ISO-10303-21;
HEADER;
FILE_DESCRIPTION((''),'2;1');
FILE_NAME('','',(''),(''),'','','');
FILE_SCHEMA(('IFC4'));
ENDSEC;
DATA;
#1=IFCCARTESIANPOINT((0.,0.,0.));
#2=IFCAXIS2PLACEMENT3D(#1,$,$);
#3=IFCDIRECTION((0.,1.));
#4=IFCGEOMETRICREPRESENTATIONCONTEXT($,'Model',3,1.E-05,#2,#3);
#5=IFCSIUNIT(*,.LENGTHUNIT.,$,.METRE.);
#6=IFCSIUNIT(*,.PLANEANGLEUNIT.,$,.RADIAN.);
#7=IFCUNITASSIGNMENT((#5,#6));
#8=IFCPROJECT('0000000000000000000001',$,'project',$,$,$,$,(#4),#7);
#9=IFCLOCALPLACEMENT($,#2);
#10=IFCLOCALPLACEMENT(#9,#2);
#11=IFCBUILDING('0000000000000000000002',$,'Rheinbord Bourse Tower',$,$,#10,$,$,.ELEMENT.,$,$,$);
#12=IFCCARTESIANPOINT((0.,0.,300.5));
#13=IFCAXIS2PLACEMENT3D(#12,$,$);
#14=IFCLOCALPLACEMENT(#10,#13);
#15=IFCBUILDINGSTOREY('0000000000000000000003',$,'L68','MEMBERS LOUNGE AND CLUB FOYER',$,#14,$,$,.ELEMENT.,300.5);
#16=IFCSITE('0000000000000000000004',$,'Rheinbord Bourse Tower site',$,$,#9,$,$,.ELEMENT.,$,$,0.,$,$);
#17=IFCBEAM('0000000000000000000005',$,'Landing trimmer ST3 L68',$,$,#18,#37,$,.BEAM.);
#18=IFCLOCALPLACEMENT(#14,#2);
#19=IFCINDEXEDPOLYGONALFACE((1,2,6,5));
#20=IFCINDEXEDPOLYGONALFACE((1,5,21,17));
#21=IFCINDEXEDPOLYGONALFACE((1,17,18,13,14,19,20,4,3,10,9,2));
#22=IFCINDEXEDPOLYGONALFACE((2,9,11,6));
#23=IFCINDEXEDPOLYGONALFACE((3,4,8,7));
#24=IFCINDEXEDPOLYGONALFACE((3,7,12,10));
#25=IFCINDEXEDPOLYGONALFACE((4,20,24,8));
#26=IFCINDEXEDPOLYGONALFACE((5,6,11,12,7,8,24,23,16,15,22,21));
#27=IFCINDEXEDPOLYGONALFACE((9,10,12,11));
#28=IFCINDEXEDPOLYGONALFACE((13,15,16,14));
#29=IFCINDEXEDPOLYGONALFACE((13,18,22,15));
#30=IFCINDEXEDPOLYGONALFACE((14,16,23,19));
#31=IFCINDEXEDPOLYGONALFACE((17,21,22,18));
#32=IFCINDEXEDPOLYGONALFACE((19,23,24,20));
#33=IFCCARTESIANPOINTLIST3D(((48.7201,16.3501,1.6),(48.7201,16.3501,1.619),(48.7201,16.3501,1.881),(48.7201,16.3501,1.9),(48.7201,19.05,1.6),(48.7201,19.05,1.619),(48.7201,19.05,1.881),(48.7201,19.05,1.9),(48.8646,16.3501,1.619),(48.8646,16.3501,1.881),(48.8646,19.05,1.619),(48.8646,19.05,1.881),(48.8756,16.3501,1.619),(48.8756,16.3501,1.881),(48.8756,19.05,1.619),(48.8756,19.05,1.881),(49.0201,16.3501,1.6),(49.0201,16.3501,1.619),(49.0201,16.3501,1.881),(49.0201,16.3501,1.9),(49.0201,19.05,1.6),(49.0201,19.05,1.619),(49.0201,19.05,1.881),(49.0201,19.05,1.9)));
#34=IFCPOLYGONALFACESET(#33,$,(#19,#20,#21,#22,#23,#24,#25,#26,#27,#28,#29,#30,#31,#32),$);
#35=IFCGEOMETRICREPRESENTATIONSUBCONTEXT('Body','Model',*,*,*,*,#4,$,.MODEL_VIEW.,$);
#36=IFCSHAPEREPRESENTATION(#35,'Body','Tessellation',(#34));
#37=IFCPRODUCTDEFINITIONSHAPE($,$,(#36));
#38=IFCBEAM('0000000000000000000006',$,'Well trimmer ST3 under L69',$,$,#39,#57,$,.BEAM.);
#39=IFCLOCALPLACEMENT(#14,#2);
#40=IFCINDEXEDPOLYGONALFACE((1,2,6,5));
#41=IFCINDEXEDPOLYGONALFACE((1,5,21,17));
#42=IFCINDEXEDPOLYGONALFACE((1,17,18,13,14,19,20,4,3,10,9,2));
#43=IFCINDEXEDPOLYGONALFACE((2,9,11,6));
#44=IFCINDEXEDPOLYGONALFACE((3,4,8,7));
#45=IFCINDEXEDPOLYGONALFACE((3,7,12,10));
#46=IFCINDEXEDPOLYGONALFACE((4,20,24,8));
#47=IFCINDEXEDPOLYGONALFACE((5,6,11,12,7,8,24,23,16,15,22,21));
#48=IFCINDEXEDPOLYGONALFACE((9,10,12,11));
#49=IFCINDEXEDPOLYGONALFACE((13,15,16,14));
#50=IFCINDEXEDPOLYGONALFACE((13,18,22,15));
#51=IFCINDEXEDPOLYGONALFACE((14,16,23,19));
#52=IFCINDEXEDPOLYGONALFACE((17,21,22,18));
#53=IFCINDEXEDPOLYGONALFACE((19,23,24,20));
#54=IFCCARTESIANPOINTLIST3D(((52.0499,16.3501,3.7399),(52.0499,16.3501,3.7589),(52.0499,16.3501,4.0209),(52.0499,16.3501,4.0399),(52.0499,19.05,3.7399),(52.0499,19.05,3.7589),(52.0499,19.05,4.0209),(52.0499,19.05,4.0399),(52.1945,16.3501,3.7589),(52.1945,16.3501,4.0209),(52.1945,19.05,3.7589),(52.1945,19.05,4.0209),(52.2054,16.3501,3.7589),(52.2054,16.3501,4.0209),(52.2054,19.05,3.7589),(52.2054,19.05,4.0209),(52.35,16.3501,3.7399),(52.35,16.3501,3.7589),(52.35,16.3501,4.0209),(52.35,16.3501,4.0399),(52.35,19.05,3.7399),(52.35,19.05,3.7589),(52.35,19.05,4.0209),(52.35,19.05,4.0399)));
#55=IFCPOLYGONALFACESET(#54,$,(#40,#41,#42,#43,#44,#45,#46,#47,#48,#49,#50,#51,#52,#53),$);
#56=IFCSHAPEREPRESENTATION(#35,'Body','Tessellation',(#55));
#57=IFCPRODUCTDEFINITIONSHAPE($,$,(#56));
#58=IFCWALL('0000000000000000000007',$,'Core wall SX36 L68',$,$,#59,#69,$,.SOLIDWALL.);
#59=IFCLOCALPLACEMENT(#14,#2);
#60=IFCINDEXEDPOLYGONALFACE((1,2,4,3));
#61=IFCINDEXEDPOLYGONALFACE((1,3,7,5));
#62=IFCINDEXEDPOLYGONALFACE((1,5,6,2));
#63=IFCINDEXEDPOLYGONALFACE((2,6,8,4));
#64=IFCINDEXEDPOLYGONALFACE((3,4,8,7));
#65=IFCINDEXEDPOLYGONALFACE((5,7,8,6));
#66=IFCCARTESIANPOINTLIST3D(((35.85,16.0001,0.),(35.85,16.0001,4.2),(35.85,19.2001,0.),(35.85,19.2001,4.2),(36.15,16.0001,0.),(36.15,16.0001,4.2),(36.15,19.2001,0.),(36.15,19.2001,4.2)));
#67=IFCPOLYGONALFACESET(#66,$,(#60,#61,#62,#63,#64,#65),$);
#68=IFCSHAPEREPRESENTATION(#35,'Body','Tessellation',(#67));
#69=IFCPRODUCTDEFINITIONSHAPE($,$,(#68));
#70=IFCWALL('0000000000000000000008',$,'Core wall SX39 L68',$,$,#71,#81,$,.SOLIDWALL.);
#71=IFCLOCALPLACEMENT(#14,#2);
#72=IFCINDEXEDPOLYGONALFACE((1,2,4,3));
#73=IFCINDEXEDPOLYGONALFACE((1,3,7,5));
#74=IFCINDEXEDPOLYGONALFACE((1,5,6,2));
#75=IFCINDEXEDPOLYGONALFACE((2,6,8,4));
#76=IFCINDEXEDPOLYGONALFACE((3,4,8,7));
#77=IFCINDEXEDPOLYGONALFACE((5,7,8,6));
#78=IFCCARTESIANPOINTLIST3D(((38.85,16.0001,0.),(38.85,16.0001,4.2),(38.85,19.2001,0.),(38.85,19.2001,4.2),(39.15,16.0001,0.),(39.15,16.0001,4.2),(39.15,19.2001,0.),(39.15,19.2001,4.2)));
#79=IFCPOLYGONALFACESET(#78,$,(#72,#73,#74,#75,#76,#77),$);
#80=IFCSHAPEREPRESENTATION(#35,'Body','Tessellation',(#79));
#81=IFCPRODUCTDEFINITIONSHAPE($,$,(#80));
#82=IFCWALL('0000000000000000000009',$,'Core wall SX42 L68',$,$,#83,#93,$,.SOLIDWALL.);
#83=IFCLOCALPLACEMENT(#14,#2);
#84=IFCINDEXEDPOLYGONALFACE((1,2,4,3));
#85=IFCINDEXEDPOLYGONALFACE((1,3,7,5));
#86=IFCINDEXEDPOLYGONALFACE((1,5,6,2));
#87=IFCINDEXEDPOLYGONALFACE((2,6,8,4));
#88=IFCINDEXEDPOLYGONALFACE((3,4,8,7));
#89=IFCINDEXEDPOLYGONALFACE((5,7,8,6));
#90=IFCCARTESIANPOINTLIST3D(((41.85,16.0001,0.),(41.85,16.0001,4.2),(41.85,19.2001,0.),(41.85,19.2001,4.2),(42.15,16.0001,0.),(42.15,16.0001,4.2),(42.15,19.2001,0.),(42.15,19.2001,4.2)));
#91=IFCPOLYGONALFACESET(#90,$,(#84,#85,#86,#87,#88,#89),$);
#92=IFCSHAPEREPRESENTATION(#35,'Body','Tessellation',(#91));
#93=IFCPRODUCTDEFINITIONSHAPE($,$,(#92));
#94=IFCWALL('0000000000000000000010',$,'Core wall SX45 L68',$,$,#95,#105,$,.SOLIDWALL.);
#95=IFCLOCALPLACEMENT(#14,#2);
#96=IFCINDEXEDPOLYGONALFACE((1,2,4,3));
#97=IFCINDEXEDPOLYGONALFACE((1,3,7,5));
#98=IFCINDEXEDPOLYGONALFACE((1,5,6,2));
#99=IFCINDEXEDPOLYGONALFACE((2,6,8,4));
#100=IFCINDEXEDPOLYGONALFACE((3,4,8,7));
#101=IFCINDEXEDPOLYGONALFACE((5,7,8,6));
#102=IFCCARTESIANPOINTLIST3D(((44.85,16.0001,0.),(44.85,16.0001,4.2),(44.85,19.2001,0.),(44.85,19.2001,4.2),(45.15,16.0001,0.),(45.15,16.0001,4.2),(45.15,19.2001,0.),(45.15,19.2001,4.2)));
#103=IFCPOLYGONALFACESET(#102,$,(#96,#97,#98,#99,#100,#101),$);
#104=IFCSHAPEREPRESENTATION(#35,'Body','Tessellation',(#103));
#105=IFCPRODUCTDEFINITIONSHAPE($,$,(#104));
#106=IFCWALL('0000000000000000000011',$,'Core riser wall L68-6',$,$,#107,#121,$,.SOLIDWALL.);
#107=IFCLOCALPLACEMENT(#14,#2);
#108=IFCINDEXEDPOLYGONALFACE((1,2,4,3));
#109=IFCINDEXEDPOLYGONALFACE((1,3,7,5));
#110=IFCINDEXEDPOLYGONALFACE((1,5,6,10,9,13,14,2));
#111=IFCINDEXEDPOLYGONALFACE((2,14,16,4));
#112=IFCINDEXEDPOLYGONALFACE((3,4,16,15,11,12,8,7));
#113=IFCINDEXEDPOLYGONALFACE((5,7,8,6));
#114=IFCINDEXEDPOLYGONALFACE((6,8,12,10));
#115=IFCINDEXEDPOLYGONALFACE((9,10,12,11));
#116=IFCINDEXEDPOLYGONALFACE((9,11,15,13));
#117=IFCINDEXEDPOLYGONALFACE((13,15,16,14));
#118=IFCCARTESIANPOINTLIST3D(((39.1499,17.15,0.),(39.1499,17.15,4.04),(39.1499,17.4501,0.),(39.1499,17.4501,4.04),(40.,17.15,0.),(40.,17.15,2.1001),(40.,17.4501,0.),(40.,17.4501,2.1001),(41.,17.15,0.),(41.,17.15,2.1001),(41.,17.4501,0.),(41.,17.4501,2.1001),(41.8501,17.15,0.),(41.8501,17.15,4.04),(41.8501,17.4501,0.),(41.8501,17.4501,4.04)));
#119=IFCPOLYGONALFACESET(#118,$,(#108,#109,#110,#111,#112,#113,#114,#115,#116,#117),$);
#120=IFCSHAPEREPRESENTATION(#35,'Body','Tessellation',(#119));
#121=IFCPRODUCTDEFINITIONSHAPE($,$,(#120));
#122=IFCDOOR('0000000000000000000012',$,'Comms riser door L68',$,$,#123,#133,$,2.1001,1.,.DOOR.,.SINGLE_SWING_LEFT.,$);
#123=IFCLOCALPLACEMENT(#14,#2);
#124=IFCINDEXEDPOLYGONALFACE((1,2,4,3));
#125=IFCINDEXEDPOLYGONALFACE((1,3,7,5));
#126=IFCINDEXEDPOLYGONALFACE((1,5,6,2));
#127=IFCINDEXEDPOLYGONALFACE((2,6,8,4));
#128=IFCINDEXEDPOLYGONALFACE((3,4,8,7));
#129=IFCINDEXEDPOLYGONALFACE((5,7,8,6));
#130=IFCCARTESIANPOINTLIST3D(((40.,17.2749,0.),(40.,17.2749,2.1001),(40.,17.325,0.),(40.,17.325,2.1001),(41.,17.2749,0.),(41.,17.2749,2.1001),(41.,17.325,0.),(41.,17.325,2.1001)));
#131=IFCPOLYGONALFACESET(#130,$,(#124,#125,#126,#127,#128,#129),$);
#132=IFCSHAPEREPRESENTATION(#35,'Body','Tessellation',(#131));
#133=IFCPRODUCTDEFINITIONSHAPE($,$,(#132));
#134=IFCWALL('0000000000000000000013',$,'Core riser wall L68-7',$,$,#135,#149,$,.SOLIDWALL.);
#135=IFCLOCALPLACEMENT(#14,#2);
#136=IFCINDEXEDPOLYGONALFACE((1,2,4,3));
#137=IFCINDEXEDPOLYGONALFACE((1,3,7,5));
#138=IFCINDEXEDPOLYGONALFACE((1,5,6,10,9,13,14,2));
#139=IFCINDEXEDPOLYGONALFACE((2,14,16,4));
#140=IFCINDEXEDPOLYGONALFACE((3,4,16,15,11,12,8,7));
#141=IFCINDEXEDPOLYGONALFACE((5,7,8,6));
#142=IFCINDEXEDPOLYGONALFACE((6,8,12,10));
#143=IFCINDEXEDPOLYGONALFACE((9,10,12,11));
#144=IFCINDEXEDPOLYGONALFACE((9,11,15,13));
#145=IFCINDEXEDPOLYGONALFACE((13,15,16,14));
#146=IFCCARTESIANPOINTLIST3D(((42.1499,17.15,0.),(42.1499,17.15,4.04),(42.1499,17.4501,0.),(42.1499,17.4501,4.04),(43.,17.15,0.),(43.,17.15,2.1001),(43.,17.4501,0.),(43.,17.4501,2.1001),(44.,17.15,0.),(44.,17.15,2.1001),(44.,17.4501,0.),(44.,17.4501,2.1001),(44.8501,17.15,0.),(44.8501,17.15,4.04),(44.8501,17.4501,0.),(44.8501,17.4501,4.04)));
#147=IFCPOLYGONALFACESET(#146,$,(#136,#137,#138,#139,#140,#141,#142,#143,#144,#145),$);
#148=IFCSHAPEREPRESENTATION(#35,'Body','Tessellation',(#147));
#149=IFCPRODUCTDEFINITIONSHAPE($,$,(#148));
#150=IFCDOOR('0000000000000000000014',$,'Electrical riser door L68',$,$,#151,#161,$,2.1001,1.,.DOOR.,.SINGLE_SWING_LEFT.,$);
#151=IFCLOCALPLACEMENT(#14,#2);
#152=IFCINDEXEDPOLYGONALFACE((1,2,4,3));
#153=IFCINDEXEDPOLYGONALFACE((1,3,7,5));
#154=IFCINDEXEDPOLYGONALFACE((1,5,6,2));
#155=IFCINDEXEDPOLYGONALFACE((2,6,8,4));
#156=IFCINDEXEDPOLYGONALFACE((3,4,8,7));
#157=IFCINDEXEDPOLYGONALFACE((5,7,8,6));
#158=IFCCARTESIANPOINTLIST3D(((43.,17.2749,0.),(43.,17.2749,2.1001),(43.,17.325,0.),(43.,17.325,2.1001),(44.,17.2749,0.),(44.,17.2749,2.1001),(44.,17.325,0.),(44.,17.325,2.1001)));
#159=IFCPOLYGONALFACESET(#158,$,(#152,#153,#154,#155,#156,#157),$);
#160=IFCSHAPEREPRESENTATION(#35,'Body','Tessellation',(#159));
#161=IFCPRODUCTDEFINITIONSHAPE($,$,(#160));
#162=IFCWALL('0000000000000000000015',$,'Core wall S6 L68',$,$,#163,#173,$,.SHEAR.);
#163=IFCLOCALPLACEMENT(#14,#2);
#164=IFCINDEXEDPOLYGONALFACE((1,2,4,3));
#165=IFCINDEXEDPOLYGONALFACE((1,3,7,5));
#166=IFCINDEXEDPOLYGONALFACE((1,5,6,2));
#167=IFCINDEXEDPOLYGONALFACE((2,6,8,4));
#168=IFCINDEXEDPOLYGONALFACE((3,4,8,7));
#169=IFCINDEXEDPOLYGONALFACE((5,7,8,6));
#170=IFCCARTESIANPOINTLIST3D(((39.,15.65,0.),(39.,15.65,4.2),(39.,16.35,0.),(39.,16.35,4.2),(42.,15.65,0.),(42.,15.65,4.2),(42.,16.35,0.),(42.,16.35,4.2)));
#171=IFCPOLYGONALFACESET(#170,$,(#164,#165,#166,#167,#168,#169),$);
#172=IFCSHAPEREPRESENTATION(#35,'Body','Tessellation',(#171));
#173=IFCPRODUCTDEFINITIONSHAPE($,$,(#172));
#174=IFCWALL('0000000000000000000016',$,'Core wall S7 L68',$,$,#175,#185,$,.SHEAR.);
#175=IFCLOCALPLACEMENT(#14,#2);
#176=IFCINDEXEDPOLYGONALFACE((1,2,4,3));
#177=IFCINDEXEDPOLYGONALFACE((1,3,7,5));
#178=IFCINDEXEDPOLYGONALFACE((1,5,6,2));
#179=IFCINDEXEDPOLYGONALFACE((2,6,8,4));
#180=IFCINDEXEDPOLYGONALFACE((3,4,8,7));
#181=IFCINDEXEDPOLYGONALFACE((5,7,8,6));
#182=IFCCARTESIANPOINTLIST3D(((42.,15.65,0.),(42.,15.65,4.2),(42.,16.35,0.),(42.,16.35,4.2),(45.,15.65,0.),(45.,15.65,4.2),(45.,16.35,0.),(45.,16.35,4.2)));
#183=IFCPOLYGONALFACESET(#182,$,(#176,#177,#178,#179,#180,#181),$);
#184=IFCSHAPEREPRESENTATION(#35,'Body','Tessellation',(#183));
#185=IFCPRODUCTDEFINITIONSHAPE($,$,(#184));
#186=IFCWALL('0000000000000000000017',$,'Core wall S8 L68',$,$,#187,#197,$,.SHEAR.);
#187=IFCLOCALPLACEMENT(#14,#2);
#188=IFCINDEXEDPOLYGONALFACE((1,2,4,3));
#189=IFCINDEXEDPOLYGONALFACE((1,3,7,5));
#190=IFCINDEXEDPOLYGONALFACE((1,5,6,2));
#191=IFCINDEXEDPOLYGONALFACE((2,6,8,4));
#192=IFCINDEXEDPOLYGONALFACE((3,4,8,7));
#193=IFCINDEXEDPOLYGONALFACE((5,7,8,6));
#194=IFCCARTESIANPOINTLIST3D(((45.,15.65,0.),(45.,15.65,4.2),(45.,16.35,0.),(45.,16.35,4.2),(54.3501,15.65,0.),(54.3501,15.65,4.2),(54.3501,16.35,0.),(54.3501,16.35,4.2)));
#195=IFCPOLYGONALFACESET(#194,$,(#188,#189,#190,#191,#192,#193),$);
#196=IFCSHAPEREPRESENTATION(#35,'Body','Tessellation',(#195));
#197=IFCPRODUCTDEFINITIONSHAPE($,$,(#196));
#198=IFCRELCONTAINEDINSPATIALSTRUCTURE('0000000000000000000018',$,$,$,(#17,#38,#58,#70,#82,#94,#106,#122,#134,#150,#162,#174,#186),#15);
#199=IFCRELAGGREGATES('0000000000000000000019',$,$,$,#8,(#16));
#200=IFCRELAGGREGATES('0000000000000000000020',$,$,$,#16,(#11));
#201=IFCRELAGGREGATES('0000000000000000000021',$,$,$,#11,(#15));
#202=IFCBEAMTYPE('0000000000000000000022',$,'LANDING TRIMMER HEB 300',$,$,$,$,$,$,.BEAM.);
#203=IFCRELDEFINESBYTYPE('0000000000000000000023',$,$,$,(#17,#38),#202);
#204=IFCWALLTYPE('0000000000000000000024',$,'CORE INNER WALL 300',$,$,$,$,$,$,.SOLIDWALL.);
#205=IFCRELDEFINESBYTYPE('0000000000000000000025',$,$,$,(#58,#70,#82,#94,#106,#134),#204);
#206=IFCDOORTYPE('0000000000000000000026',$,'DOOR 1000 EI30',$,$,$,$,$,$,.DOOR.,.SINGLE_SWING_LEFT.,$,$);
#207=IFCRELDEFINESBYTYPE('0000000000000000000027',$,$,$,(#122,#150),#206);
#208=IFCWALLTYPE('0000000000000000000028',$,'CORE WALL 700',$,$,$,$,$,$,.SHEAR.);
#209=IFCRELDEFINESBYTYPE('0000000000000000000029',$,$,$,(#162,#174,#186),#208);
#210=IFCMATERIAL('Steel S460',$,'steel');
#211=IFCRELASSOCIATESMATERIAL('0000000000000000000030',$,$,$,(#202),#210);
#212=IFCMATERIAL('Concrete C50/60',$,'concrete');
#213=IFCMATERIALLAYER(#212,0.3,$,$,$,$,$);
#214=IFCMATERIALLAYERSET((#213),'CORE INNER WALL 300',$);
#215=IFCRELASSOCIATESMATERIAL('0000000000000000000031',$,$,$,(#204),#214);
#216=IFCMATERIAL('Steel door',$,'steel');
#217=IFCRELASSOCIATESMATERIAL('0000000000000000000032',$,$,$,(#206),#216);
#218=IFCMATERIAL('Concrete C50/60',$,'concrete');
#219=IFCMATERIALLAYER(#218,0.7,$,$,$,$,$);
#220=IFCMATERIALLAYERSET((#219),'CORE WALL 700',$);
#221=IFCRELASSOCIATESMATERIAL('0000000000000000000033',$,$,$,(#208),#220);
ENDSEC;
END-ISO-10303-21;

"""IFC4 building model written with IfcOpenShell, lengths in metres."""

from ifc_helpers import new_model, si_unit, direction, frame, frame_2d, origin, origin_2d, place, context, subcontext, project, spatial, rectangle, i_section, extrude, material, layer, layer_set, material_profile, profile_set, type_object, element, fill, save


model = new_model("IFC4")

# Units and contexts
model_context = context("Model", 3, precision=1e-05, world=origin(), true_north=direction((0.0, 1.0)))
body_context = subcontext(model_context, "Body", "Model", "MODEL_VIEW")
ifc_project = project(units=[si_unit("LENGTHUNIT", "METRE"), si_unit("PLANEANGLEUNIT", "RADIAN")], contexts=[model_context])

# Site, building, storey
site_placement = place(None, origin())
site = spatial("IfcSite", under=ifc_project, at=site_placement, Name="Rheinbord Bourse Tower site", CompositionType="ELEMENT", RefElevation=0.0)
building_placement = place(site_placement, origin())
building = spatial("IfcBuilding", under=site, at=building_placement, Name="Rheinbord Bourse Tower", CompositionType="ELEMENT")
storey_placement = place(building_placement, frame((0.0, 0.0, 300.5)))
storey = spatial("IfcBuildingStorey", under=building, at=storey_placement, Name="L68", Description="MEMBERS LOUNGE AND CLUB FOYER", CompositionType="ELEMENT", Elevation=300.5)

# Beams
ifc_material_1 = material(Name="Steel S460", Category="steel")
ifc_material_profile = material_profile(ifc_material_1, i_section(OverallWidth=0.3, OverallDepth=0.3, WebThickness=0.011, FlangeThickness=0.019, at=origin_2d()), Name="HEB 300")
ifc_profile_set = profile_set([ifc_material_profile], Name="Steel S460")
beam_type = type_object("IfcBeamType", Name="LANDING TRIMMER HEB 300", PredefinedType="BEAM", material=ifc_profile_set)
for number, where, z_axis, x_axis, name in (
    (1, (48.8701, 16.3501, 1.75), (0.0, 1.0, 0.0), (-1.0, 0.0, 0.0), "Landing trimmer ST3 L68"),
    (2, (52.2, 16.3501, 3.8899), (0.0, 1.0, 0.0), (-1.0, 0.0, 0.0), "Well trimmer ST3 under L69"),
):
    element("IfcBeam", number, at=place(storey_placement, frame(where, z_axis=z_axis, x_axis=x_axis)), inside=storey, type_object=beam_type, Name=name, PredefinedType="BEAM", context=body_context, shape_type="SweptSolid", body=[
        extrude(i_section(OverallWidth=0.3, OverallDepth=0.3, WebThickness=0.011, FlangeThickness=0.019, at=origin_2d()), origin(), (0.0, 0.0, 1.0), 2.7),
    ])

# Walls
ifc_material_2 = material(Name="Concrete C50/60", Category="concrete")
ifc_layer_1 = layer(ifc_material_2, 0.3)
ifc_layer_set_1 = layer_set([ifc_layer_1], Name="CORE INNER WALL 300")
wall_type_1 = type_object("IfcWallType", Name="CORE INNER WALL 300", PredefinedType="SOLIDWALL", material=ifc_layer_set_1)
for number, where, z_axis, x_axis, name in (
    (3, (36.0, 16.0, 0.0), (0.0, 0.0, 1.0), (0.0, 1.0, 0.0), "Core wall SX36 L68"),
    (4, (39.0, 16.0, 0.0), (0.0, 0.0, 1.0), (0.0, 1.0, 0.0), "Core wall SX39 L68"),
    (5, (42.0, 16.0, 0.0), (0.0, 0.0, 1.0), (0.0, 1.0, 0.0), "Core wall SX42 L68"),
    (6, (45.0, 16.0, 0.0), (0.0, 0.0, 1.0), (0.0, 1.0, 0.0), "Core wall SX45 L68"),
):
    element("IfcWall", number, at=place(storey_placement, frame(where, z_axis=z_axis, x_axis=x_axis)), inside=storey, type_object=wall_type_1, Name=name, PredefinedType="SOLIDWALL", context=body_context, shape_type="SweptSolid", body=[
        extrude(rectangle(XDim=3.2, YDim=0.3, at=frame_2d((1.6001, 0.0))), origin(), (0.0, 0.0, 1.0), 4.2),
    ])

# Walls, openings, doors
wall_1_placement = place(storey_placement, frame((39.1499, 17.3, 0.0), z_axis=(0.0, 0.0, 1.0), x_axis=(1.0, 0.0, 0.0)))
wall_1 = element("IfcWall", 7, at=wall_1_placement, inside=storey, type_object=wall_type_1, Name="Core riser wall L68-6", PredefinedType="SOLIDWALL", context=body_context, shape_type="SweptSolid", body=[
    extrude(rectangle(XDim=2.7002, YDim=0.3, at=frame_2d((1.3501, 0.0))), origin(), (0.0, 0.0, 1.0), 4.04),
])
opening_1_placement = place(wall_1_placement, frame((0.8501, 0.0, 0.0)))
opening_1 = element("IfcOpeningElement", 8, at=opening_1_placement, cuts=wall_1, PredefinedType="OPENING", context=body_context, shape_type="SweptSolid", body=[
    extrude(rectangle(XDim=1.0, YDim=2.1001, at=frame_2d((0.5, 1.05))), frame((0.0, 0.1599, 0.0), z_axis=(0.0, -1.0, 0.0), x_axis=(1.0, 0.0, 0.0)), (0.0, 0.0, 1.0), 0.3201),
])
ifc_material_3 = material(Name="Steel door", Category="steel")
door_type_1 = type_object("IfcDoorType", Name="DOOR 1000 EI30", OperationType="SINGLE_SWING_LEFT", PredefinedType="DOOR", material=ifc_material_3)
door_1_placement = place(opening_1_placement, origin())
door_1 = element("IfcDoor", 9, at=door_1_placement, inside=storey, type_object=door_type_1, Name="Comms riser door L68", OperationType="SINGLE_SWING_LEFT", OverallHeight=2.1001, OverallWidth=1.0, PredefinedType="DOOR", context=body_context, shape_type="SweptSolid", body=[
    extrude(rectangle(XDim=1.0, YDim=2.1001, at=frame_2d((0.5, 1.05))), frame((0.0, 0.0249, 0.0), z_axis=(0.0, -1.0, 0.0), x_axis=(1.0, 0.0, 0.0)), (0.0, 0.0, 1.0), 0.05),
])
fill(opening_1, door_1)
wall_2_placement = place(storey_placement, frame((42.1499, 17.3, 0.0), z_axis=(0.0, 0.0, 1.0), x_axis=(1.0, 0.0, 0.0)))
wall_2 = element("IfcWall", 10, at=wall_2_placement, inside=storey, type_object=wall_type_1, Name="Core riser wall L68-7", PredefinedType="SOLIDWALL", context=body_context, shape_type="SweptSolid", body=[
    extrude(rectangle(XDim=2.7002, YDim=0.3, at=frame_2d((1.3501, 0.0))), origin(), (0.0, 0.0, 1.0), 4.04),
])
opening_2_placement = place(wall_2_placement, frame((0.8501, 0.0, 0.0)))
opening_2 = element("IfcOpeningElement", 11, at=opening_2_placement, cuts=wall_2, PredefinedType="OPENING", context=body_context, shape_type="SweptSolid", body=[
    extrude(rectangle(XDim=1.0, YDim=2.1001, at=frame_2d((0.5, 1.05))), frame((0.0, 0.1599, 0.0), z_axis=(0.0, -1.0, 0.0), x_axis=(1.0, 0.0, 0.0)), (0.0, 0.0, 1.0), 0.3201),
])
door_2_placement = place(opening_2_placement, origin())
door_2 = element("IfcDoor", 12, at=door_2_placement, inside=storey, type_object=door_type_1, Name="Electrical riser door L68", OperationType="SINGLE_SWING_LEFT", OverallHeight=2.1001, OverallWidth=1.0, PredefinedType="DOOR", context=body_context, shape_type="SweptSolid", body=[
    extrude(rectangle(XDim=1.0, YDim=2.1001, at=frame_2d((0.5, 1.05))), frame((0.0, 0.0249, 0.0), z_axis=(0.0, -1.0, 0.0), x_axis=(1.0, 0.0, 0.0)), (0.0, 0.0, 1.0), 0.05),
])
fill(opening_2, door_2)

# Walls
ifc_material_4 = material(Name="Concrete C50/60", Category="concrete")
ifc_layer_2 = layer(ifc_material_4, 0.7)
ifc_layer_set_2 = layer_set([ifc_layer_2], Name="CORE WALL 700")
wall_type_2 = type_object("IfcWallType", Name="CORE WALL 700", PredefinedType="SHEAR", material=ifc_layer_set_2)
for number, where, z_axis, x_axis, name in (
    (13, (39.0, 16.0, 0.0), (0.0, 0.0, 1.0), (1.0, 0.0, 0.0), "Core wall S6 L68"),
    (14, (42.0, 16.0, 0.0), (0.0, 0.0, 1.0), (1.0, 0.0, 0.0), "Core wall S7 L68"),
):
    element("IfcWall", number, at=place(storey_placement, frame(where, z_axis=z_axis, x_axis=x_axis)), inside=storey, type_object=wall_type_2, Name=name, PredefinedType="SHEAR", context=body_context, shape_type="SweptSolid", body=[
        extrude(rectangle(XDim=3.0, YDim=0.7, at=frame_2d((1.5, 0.0))), origin(), (0.0, 0.0, 1.0), 4.2),
    ])
wall_3_placement = place(storey_placement, frame((45.0, 16.0, 0.0), z_axis=(0.0, 0.0, 1.0), x_axis=(1.0, 0.0, 0.0)))
element("IfcWall", 15, at=wall_3_placement, inside=storey, type_object=wall_type_2, Name="Core wall S8 L68", PredefinedType="SHEAR", context=body_context, shape_type="SweptSolid", body=[
    extrude(rectangle(XDim=9.3501, YDim=0.7, at=frame_2d((4.675, 0.0))), origin(), (0.0, 0.0, 1.0), 4.2),
])

save(model, "model.ifc")
